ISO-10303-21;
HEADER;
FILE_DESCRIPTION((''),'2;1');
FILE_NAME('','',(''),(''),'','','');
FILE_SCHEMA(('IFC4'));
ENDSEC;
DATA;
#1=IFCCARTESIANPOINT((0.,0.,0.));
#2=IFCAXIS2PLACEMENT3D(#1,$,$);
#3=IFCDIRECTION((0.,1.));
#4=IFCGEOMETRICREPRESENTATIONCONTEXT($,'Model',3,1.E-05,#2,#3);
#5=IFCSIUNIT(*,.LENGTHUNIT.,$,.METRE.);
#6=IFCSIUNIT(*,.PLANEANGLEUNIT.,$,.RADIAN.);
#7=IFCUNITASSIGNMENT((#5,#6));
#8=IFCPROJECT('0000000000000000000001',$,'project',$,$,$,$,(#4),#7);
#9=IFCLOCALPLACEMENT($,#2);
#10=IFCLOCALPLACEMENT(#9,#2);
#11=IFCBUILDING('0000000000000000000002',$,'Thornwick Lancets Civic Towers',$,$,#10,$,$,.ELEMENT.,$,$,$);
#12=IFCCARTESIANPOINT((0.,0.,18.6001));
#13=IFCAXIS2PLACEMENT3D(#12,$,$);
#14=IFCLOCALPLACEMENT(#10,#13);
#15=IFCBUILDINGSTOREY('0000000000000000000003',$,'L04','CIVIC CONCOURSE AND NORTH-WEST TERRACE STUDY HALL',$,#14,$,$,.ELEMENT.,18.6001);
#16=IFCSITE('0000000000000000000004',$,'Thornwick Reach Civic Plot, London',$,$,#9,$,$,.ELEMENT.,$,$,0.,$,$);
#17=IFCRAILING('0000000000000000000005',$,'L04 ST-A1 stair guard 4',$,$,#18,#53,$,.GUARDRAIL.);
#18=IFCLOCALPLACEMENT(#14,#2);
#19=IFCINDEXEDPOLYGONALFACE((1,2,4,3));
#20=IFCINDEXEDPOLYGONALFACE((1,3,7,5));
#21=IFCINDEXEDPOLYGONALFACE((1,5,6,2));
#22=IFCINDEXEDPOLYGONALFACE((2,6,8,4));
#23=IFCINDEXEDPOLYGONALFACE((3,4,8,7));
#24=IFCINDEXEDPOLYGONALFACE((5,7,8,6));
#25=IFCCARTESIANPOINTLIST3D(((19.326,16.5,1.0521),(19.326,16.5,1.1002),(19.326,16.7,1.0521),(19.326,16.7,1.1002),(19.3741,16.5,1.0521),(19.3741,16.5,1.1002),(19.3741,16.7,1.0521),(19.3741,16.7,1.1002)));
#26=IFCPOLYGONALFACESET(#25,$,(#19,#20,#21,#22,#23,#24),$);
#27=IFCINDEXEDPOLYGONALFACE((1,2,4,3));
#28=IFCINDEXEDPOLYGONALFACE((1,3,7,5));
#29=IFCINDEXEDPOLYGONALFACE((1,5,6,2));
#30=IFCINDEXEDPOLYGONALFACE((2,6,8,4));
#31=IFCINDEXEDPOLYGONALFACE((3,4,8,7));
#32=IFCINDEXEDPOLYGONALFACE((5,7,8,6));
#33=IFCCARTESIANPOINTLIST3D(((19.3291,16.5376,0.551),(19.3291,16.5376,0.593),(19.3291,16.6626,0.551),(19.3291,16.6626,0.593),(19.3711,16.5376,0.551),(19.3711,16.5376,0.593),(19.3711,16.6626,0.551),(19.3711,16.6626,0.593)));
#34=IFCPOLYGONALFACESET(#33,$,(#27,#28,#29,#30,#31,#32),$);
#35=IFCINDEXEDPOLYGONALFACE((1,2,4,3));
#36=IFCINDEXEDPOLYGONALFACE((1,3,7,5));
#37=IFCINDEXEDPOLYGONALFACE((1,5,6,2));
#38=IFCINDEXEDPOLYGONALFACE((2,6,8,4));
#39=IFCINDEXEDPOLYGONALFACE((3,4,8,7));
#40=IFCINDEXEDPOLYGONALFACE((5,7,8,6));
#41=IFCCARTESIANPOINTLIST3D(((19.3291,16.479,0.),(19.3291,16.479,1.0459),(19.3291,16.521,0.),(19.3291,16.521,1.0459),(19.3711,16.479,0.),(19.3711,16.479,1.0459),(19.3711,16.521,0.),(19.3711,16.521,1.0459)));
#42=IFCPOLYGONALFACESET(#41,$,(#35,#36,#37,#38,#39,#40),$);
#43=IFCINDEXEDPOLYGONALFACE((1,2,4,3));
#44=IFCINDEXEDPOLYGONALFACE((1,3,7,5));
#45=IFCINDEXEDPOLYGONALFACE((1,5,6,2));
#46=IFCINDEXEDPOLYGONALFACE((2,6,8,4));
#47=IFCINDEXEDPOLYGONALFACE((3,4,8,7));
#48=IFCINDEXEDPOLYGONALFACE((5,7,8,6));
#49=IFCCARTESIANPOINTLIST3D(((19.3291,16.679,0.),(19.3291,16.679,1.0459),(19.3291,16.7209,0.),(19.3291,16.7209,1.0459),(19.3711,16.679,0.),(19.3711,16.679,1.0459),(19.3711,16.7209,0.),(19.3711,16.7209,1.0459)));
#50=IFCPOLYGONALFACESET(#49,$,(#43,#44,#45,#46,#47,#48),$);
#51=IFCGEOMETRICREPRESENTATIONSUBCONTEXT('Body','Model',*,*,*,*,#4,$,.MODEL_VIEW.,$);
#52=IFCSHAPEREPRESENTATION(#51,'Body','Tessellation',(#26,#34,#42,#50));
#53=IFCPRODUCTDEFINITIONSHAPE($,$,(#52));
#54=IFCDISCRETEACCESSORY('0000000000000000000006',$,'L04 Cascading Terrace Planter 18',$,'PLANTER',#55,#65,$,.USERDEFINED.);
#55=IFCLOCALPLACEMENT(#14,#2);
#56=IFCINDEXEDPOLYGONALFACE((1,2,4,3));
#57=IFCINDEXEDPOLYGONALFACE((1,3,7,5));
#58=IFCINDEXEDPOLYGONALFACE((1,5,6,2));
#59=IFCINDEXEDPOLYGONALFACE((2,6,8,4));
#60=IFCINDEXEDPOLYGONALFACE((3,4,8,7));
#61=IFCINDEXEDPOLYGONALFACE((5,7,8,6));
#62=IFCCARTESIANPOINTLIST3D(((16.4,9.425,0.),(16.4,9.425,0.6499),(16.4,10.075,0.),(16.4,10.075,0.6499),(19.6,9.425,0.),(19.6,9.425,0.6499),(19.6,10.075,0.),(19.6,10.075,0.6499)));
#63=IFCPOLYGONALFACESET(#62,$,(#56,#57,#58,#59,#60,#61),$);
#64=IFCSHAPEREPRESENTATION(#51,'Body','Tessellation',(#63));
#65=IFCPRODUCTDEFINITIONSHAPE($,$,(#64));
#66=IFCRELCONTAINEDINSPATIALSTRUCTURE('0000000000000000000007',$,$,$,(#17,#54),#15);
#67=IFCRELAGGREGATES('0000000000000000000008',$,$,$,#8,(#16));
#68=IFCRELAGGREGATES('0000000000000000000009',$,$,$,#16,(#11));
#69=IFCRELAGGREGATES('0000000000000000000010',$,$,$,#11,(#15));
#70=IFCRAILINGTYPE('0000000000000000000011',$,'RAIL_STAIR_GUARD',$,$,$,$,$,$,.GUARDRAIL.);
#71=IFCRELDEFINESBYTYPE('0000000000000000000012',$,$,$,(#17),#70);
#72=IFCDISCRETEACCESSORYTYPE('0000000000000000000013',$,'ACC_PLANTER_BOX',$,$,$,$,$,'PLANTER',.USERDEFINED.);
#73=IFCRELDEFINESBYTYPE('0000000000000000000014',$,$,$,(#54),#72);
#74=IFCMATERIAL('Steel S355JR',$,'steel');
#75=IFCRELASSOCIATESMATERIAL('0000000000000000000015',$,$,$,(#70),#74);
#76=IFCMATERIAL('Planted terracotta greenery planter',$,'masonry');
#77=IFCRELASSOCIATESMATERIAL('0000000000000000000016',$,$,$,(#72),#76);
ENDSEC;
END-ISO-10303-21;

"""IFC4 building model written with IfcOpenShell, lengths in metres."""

from ifc_helpers import new_model, si_unit, direction, frame, origin, origin_2d, place, context, subcontext, project, spatial, rectangle, extrude, material, type_object, element, save


model = new_model("IFC4")

# Units and contexts
model_context = context("Model", 3, precision=1e-05, world=origin(), true_north=direction((0.0, 1.0)))
body_context = subcontext(model_context, "Body", "Model", "MODEL_VIEW")
ifc_project = project(units=[si_unit("LENGTHUNIT", "METRE"), si_unit("PLANEANGLEUNIT", "RADIAN")], contexts=[model_context])

# Site, building, storey
site_placement = place(None, origin())
site = spatial("IfcSite", under=ifc_project, at=site_placement, Name="Thornwick Reach Civic Plot, London", CompositionType="ELEMENT", RefElevation=0.0)
building_placement = place(site_placement, origin())
building = spatial("IfcBuilding", under=site, at=building_placement, Name="Thornwick Lancets Civic Towers", CompositionType="ELEMENT")
storey_placement = place(building_placement, frame((0.0, 0.0, 18.6001)))
storey = spatial("IfcBuildingStorey", under=building, at=storey_placement, Name="L04", Description="CIVIC CONCOURSE AND NORTH-WEST TERRACE STUDY HALL", CompositionType="ELEMENT", Elevation=18.6001)

# Shared definitions
ifc_material_1 = material(Name="Steel S355JR", Category="steel")

# Railing
railing_type_1 = type_object("IfcRailingType", Name="RAIL_STAIR_GUARD", PredefinedType="GUARDRAIL", material=ifc_material_1)
railing_1_placement = place(storey_placement, frame((19.3501, 16.5, 0.0)))
element("IfcRailing", 1, at=railing_1_placement, inside=storey, type_object=railing_type_1, Name="L04 ST-A1 stair guard 4", PredefinedType="GUARDRAIL", context=body_context, shape_type="SweptSolid", body=[
    extrude(rectangle(XDim=0.0481, YDim=0.0481, at=origin_2d()), frame((0.0, 0.0, 1.0762), z_axis=(0.0, 1.0, 0.0), x_axis=(-1.0, 0.0, 0.0)), (0.0, 0.0, 1.0), 0.2),
    extrude(rectangle(XDim=0.042, YDim=0.042, at=origin_2d()), frame((0.0, 0.0376, 0.572), z_axis=(0.0, 1.0, 0.0), x_axis=(-1.0, 0.0, 0.0)), (0.0, 0.0, 1.0), 0.125),
    extrude(rectangle(XDim=0.042, YDim=0.042, at=origin_2d()), origin(), (0.0, 0.0, 1.0), 1.0459),
    extrude(rectangle(XDim=0.042, YDim=0.042, at=origin_2d()), frame((0.0, 0.2, 0.0)), (0.0, 0.0, 1.0), 1.0459),
])

# Discrete accessory
ifc_material_2 = material(Name="Planted terracotta greenery planter", Category="masonry")
discrete_accessory_type = type_object("IfcDiscreteAccessoryType", Name="ACC_PLANTER_BOX", ElementType="PLANTER", PredefinedType="USERDEFINED", material=ifc_material_2)
discrete_accessory_placement = place(storey_placement, frame((18.0, 9.75, 0.0), z_axis=(0.0, 0.0, 1.0), x_axis=(1.0, 0.0, 0.0)))
element("IfcDiscreteAccessory", 2, at=discrete_accessory_placement, inside=storey, type_object=discrete_accessory_type, Name="L04 Cascading Terrace Planter 18", ObjectType="PLANTER", PredefinedType="USERDEFINED", context=body_context, shape_type="SweptSolid", body=[
    extrude(rectangle(XDim=3.2, YDim=0.6499, at=origin_2d()), origin(), (0.0, 0.0, 1.0), 0.6499),
])

save(model, "model.ifc")
